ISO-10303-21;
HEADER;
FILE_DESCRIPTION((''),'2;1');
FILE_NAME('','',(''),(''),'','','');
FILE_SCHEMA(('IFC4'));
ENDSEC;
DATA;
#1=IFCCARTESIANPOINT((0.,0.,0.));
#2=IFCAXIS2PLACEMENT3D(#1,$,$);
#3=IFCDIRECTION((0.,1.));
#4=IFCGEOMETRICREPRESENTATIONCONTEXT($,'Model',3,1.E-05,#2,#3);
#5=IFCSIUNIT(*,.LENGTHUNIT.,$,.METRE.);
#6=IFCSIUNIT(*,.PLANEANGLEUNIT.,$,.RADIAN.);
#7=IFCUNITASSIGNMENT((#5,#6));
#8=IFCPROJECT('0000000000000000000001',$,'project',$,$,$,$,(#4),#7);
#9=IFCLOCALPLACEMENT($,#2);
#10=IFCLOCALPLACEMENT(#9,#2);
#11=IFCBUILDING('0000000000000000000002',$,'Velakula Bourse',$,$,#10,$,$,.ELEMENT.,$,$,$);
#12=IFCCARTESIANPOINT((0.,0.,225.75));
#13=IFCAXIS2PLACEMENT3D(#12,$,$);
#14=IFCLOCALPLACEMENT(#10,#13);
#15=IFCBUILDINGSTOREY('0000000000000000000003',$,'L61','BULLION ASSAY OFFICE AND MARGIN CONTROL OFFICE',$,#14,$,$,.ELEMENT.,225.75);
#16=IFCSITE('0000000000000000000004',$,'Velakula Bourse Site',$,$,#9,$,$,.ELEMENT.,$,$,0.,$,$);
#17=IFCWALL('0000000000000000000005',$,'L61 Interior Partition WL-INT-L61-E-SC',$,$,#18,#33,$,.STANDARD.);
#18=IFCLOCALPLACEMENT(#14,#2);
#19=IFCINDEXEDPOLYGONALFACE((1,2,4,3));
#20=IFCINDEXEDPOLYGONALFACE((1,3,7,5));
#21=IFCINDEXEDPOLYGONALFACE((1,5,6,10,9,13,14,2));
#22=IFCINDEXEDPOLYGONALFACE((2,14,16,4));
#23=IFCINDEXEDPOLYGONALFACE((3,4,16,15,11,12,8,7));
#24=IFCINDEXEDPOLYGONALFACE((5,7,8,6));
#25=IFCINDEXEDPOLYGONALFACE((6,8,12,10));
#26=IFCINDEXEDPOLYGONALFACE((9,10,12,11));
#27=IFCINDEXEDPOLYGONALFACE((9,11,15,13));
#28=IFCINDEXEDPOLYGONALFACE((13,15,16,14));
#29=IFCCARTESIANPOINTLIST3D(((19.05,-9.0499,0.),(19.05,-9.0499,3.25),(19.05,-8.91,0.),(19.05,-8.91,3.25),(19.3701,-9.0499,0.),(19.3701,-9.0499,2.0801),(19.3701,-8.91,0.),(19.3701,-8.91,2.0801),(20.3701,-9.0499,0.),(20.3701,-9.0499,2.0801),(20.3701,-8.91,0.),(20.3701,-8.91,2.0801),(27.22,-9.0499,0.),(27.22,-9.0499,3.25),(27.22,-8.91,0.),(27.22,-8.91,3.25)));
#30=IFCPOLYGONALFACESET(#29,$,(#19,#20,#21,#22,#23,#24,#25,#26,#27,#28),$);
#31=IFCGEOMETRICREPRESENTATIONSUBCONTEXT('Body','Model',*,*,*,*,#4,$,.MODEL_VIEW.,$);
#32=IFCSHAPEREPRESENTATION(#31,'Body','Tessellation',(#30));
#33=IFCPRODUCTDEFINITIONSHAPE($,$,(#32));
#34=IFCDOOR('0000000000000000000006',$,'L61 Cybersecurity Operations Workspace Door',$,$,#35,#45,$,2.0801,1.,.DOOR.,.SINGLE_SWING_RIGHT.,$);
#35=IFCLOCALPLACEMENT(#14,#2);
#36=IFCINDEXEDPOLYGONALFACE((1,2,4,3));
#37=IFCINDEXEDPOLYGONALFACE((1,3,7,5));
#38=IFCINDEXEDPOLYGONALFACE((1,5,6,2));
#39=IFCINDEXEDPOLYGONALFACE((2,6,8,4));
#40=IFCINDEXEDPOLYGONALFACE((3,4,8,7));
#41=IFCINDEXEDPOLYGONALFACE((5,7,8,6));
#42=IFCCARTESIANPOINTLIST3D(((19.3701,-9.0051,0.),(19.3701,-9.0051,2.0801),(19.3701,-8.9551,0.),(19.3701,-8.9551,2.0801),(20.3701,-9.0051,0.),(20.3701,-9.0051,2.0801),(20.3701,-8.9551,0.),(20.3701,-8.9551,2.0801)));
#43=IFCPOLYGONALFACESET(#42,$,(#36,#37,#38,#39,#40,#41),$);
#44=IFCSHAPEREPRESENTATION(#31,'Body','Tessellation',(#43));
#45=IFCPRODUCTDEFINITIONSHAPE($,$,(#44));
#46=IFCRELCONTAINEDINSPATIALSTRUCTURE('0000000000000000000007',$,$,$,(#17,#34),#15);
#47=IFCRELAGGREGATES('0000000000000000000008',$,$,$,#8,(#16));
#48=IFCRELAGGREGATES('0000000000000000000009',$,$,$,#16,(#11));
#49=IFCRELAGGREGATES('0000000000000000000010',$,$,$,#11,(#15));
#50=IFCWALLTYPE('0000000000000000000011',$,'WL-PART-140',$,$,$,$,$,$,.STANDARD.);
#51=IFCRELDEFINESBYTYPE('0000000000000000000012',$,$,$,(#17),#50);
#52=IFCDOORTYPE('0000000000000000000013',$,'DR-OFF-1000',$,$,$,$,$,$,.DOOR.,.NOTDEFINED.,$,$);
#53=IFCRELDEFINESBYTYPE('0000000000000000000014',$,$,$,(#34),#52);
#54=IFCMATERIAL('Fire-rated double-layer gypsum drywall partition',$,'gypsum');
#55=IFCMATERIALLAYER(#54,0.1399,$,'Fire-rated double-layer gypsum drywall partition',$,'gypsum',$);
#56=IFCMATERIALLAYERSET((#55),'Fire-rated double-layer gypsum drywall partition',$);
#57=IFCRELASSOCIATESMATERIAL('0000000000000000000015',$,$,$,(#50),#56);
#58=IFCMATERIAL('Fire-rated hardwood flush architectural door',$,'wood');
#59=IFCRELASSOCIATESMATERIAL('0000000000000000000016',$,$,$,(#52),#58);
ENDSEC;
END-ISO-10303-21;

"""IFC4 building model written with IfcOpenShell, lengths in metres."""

from ifc_helpers import new_model, si_unit, direction, frame, frame_2d, origin, place, context, subcontext, project, spatial, rectangle, extrude, material, layer, layer_set, type_object, element, fill, save


model = new_model("IFC4")

# Units and contexts
model_context = context("Model", 3, precision=1e-05, world=origin(), true_north=direction((0.0, 1.0)))
body_context = subcontext(model_context, "Body", "Model", "MODEL_VIEW")
ifc_project = project(units=[si_unit("LENGTHUNIT", "METRE"), si_unit("PLANEANGLEUNIT", "RADIAN")], contexts=[model_context])

# Site, building, storey
site_placement = place(None, origin())
site = spatial("IfcSite", under=ifc_project, at=site_placement, Name="Velakula Bourse Site", CompositionType="ELEMENT", RefElevation=0.0)
building_placement = place(site_placement, origin())
building = spatial("IfcBuilding", under=site, at=building_placement, Name="Velakula Bourse", CompositionType="ELEMENT")
storey_placement = place(building_placement, frame((0.0, 0.0, 225.75)))
storey = spatial("IfcBuildingStorey", under=building, at=storey_placement, Name="L61", Description="BULLION ASSAY OFFICE AND MARGIN CONTROL OFFICE", CompositionType="ELEMENT", Elevation=225.75)

# Wall, opening, door
ifc_material_1 = material(Name="Fire-rated double-layer gypsum drywall partition", Category="gypsum")
ifc_layer_1 = layer(ifc_material_1, 0.1399, Name="Fire-rated double-layer gypsum drywall partition", Category="gypsum")
ifc_layer_set_1 = layer_set([ifc_layer_1], Name="Fire-rated double-layer gypsum drywall partition")
wall_type_1 = type_object("IfcWallType", Name="WL-PART-140", PredefinedType="STANDARD", material=ifc_layer_set_1)
wall_1_placement = place(storey_placement, frame((19.05, -8.98, 0.0), z_axis=(0.0, 0.0, 1.0), x_axis=(1.0, 0.0, 0.0)))
wall_1 = element("IfcWall", 1, at=wall_1_placement, inside=storey, type_object=wall_type_1, Name="L61 Interior Partition WL-INT-L61-E-SC", PredefinedType="STANDARD", context=body_context, shape_type="SweptSolid", body=[
    extrude(rectangle(XDim=8.1699, YDim=0.1399, at=frame_2d((4.085, 0.0))), origin(), (0.0, 0.0, 1.0), 3.25),
])
opening_placement = place(wall_1_placement, frame((0.3201, 0.0, 0.0)))
opening = element("IfcOpeningElement", 2, at=opening_placement, cuts=wall_1, PredefinedType="OPENING", context=body_context, shape_type="SweptSolid", body=[
    extrude(rectangle(XDim=1.0, YDim=2.0801, at=frame_2d((0.5, 1.04))), frame((0.0, 0.0798, 0.0), z_axis=(0.0, -1.0, 0.0), x_axis=(1.0, 0.0, 0.0)), (0.0, 0.0, 1.0), 0.1599),
])
ifc_material_2 = material(Name="Fire-rated hardwood flush architectural door", Category="wood")
door_type = type_object("IfcDoorType", Name="DR-OFF-1000", OperationType="NOTDEFINED", PredefinedType="DOOR", material=ifc_material_2)
door_placement = place(opening_placement, origin())
door = element("IfcDoor", 3, at=door_placement, inside=storey, type_object=door_type, Name="L61 Cybersecurity Operations Workspace Door", OperationType="SINGLE_SWING_RIGHT", OverallHeight=2.0801, OverallWidth=1.0, PredefinedType="DOOR", context=body_context, shape_type="SweptSolid", body=[
    extrude(rectangle(XDim=1.0, YDim=2.0801, at=frame_2d((0.5, 1.04))), frame((0.0, 0.0249, 0.0), z_axis=(0.0, -1.0, 0.0), x_axis=(1.0, 0.0, 0.0)), (0.0, 0.0, 1.0), 0.05),
])
fill(opening, door)

save(model, "model.ifc")
